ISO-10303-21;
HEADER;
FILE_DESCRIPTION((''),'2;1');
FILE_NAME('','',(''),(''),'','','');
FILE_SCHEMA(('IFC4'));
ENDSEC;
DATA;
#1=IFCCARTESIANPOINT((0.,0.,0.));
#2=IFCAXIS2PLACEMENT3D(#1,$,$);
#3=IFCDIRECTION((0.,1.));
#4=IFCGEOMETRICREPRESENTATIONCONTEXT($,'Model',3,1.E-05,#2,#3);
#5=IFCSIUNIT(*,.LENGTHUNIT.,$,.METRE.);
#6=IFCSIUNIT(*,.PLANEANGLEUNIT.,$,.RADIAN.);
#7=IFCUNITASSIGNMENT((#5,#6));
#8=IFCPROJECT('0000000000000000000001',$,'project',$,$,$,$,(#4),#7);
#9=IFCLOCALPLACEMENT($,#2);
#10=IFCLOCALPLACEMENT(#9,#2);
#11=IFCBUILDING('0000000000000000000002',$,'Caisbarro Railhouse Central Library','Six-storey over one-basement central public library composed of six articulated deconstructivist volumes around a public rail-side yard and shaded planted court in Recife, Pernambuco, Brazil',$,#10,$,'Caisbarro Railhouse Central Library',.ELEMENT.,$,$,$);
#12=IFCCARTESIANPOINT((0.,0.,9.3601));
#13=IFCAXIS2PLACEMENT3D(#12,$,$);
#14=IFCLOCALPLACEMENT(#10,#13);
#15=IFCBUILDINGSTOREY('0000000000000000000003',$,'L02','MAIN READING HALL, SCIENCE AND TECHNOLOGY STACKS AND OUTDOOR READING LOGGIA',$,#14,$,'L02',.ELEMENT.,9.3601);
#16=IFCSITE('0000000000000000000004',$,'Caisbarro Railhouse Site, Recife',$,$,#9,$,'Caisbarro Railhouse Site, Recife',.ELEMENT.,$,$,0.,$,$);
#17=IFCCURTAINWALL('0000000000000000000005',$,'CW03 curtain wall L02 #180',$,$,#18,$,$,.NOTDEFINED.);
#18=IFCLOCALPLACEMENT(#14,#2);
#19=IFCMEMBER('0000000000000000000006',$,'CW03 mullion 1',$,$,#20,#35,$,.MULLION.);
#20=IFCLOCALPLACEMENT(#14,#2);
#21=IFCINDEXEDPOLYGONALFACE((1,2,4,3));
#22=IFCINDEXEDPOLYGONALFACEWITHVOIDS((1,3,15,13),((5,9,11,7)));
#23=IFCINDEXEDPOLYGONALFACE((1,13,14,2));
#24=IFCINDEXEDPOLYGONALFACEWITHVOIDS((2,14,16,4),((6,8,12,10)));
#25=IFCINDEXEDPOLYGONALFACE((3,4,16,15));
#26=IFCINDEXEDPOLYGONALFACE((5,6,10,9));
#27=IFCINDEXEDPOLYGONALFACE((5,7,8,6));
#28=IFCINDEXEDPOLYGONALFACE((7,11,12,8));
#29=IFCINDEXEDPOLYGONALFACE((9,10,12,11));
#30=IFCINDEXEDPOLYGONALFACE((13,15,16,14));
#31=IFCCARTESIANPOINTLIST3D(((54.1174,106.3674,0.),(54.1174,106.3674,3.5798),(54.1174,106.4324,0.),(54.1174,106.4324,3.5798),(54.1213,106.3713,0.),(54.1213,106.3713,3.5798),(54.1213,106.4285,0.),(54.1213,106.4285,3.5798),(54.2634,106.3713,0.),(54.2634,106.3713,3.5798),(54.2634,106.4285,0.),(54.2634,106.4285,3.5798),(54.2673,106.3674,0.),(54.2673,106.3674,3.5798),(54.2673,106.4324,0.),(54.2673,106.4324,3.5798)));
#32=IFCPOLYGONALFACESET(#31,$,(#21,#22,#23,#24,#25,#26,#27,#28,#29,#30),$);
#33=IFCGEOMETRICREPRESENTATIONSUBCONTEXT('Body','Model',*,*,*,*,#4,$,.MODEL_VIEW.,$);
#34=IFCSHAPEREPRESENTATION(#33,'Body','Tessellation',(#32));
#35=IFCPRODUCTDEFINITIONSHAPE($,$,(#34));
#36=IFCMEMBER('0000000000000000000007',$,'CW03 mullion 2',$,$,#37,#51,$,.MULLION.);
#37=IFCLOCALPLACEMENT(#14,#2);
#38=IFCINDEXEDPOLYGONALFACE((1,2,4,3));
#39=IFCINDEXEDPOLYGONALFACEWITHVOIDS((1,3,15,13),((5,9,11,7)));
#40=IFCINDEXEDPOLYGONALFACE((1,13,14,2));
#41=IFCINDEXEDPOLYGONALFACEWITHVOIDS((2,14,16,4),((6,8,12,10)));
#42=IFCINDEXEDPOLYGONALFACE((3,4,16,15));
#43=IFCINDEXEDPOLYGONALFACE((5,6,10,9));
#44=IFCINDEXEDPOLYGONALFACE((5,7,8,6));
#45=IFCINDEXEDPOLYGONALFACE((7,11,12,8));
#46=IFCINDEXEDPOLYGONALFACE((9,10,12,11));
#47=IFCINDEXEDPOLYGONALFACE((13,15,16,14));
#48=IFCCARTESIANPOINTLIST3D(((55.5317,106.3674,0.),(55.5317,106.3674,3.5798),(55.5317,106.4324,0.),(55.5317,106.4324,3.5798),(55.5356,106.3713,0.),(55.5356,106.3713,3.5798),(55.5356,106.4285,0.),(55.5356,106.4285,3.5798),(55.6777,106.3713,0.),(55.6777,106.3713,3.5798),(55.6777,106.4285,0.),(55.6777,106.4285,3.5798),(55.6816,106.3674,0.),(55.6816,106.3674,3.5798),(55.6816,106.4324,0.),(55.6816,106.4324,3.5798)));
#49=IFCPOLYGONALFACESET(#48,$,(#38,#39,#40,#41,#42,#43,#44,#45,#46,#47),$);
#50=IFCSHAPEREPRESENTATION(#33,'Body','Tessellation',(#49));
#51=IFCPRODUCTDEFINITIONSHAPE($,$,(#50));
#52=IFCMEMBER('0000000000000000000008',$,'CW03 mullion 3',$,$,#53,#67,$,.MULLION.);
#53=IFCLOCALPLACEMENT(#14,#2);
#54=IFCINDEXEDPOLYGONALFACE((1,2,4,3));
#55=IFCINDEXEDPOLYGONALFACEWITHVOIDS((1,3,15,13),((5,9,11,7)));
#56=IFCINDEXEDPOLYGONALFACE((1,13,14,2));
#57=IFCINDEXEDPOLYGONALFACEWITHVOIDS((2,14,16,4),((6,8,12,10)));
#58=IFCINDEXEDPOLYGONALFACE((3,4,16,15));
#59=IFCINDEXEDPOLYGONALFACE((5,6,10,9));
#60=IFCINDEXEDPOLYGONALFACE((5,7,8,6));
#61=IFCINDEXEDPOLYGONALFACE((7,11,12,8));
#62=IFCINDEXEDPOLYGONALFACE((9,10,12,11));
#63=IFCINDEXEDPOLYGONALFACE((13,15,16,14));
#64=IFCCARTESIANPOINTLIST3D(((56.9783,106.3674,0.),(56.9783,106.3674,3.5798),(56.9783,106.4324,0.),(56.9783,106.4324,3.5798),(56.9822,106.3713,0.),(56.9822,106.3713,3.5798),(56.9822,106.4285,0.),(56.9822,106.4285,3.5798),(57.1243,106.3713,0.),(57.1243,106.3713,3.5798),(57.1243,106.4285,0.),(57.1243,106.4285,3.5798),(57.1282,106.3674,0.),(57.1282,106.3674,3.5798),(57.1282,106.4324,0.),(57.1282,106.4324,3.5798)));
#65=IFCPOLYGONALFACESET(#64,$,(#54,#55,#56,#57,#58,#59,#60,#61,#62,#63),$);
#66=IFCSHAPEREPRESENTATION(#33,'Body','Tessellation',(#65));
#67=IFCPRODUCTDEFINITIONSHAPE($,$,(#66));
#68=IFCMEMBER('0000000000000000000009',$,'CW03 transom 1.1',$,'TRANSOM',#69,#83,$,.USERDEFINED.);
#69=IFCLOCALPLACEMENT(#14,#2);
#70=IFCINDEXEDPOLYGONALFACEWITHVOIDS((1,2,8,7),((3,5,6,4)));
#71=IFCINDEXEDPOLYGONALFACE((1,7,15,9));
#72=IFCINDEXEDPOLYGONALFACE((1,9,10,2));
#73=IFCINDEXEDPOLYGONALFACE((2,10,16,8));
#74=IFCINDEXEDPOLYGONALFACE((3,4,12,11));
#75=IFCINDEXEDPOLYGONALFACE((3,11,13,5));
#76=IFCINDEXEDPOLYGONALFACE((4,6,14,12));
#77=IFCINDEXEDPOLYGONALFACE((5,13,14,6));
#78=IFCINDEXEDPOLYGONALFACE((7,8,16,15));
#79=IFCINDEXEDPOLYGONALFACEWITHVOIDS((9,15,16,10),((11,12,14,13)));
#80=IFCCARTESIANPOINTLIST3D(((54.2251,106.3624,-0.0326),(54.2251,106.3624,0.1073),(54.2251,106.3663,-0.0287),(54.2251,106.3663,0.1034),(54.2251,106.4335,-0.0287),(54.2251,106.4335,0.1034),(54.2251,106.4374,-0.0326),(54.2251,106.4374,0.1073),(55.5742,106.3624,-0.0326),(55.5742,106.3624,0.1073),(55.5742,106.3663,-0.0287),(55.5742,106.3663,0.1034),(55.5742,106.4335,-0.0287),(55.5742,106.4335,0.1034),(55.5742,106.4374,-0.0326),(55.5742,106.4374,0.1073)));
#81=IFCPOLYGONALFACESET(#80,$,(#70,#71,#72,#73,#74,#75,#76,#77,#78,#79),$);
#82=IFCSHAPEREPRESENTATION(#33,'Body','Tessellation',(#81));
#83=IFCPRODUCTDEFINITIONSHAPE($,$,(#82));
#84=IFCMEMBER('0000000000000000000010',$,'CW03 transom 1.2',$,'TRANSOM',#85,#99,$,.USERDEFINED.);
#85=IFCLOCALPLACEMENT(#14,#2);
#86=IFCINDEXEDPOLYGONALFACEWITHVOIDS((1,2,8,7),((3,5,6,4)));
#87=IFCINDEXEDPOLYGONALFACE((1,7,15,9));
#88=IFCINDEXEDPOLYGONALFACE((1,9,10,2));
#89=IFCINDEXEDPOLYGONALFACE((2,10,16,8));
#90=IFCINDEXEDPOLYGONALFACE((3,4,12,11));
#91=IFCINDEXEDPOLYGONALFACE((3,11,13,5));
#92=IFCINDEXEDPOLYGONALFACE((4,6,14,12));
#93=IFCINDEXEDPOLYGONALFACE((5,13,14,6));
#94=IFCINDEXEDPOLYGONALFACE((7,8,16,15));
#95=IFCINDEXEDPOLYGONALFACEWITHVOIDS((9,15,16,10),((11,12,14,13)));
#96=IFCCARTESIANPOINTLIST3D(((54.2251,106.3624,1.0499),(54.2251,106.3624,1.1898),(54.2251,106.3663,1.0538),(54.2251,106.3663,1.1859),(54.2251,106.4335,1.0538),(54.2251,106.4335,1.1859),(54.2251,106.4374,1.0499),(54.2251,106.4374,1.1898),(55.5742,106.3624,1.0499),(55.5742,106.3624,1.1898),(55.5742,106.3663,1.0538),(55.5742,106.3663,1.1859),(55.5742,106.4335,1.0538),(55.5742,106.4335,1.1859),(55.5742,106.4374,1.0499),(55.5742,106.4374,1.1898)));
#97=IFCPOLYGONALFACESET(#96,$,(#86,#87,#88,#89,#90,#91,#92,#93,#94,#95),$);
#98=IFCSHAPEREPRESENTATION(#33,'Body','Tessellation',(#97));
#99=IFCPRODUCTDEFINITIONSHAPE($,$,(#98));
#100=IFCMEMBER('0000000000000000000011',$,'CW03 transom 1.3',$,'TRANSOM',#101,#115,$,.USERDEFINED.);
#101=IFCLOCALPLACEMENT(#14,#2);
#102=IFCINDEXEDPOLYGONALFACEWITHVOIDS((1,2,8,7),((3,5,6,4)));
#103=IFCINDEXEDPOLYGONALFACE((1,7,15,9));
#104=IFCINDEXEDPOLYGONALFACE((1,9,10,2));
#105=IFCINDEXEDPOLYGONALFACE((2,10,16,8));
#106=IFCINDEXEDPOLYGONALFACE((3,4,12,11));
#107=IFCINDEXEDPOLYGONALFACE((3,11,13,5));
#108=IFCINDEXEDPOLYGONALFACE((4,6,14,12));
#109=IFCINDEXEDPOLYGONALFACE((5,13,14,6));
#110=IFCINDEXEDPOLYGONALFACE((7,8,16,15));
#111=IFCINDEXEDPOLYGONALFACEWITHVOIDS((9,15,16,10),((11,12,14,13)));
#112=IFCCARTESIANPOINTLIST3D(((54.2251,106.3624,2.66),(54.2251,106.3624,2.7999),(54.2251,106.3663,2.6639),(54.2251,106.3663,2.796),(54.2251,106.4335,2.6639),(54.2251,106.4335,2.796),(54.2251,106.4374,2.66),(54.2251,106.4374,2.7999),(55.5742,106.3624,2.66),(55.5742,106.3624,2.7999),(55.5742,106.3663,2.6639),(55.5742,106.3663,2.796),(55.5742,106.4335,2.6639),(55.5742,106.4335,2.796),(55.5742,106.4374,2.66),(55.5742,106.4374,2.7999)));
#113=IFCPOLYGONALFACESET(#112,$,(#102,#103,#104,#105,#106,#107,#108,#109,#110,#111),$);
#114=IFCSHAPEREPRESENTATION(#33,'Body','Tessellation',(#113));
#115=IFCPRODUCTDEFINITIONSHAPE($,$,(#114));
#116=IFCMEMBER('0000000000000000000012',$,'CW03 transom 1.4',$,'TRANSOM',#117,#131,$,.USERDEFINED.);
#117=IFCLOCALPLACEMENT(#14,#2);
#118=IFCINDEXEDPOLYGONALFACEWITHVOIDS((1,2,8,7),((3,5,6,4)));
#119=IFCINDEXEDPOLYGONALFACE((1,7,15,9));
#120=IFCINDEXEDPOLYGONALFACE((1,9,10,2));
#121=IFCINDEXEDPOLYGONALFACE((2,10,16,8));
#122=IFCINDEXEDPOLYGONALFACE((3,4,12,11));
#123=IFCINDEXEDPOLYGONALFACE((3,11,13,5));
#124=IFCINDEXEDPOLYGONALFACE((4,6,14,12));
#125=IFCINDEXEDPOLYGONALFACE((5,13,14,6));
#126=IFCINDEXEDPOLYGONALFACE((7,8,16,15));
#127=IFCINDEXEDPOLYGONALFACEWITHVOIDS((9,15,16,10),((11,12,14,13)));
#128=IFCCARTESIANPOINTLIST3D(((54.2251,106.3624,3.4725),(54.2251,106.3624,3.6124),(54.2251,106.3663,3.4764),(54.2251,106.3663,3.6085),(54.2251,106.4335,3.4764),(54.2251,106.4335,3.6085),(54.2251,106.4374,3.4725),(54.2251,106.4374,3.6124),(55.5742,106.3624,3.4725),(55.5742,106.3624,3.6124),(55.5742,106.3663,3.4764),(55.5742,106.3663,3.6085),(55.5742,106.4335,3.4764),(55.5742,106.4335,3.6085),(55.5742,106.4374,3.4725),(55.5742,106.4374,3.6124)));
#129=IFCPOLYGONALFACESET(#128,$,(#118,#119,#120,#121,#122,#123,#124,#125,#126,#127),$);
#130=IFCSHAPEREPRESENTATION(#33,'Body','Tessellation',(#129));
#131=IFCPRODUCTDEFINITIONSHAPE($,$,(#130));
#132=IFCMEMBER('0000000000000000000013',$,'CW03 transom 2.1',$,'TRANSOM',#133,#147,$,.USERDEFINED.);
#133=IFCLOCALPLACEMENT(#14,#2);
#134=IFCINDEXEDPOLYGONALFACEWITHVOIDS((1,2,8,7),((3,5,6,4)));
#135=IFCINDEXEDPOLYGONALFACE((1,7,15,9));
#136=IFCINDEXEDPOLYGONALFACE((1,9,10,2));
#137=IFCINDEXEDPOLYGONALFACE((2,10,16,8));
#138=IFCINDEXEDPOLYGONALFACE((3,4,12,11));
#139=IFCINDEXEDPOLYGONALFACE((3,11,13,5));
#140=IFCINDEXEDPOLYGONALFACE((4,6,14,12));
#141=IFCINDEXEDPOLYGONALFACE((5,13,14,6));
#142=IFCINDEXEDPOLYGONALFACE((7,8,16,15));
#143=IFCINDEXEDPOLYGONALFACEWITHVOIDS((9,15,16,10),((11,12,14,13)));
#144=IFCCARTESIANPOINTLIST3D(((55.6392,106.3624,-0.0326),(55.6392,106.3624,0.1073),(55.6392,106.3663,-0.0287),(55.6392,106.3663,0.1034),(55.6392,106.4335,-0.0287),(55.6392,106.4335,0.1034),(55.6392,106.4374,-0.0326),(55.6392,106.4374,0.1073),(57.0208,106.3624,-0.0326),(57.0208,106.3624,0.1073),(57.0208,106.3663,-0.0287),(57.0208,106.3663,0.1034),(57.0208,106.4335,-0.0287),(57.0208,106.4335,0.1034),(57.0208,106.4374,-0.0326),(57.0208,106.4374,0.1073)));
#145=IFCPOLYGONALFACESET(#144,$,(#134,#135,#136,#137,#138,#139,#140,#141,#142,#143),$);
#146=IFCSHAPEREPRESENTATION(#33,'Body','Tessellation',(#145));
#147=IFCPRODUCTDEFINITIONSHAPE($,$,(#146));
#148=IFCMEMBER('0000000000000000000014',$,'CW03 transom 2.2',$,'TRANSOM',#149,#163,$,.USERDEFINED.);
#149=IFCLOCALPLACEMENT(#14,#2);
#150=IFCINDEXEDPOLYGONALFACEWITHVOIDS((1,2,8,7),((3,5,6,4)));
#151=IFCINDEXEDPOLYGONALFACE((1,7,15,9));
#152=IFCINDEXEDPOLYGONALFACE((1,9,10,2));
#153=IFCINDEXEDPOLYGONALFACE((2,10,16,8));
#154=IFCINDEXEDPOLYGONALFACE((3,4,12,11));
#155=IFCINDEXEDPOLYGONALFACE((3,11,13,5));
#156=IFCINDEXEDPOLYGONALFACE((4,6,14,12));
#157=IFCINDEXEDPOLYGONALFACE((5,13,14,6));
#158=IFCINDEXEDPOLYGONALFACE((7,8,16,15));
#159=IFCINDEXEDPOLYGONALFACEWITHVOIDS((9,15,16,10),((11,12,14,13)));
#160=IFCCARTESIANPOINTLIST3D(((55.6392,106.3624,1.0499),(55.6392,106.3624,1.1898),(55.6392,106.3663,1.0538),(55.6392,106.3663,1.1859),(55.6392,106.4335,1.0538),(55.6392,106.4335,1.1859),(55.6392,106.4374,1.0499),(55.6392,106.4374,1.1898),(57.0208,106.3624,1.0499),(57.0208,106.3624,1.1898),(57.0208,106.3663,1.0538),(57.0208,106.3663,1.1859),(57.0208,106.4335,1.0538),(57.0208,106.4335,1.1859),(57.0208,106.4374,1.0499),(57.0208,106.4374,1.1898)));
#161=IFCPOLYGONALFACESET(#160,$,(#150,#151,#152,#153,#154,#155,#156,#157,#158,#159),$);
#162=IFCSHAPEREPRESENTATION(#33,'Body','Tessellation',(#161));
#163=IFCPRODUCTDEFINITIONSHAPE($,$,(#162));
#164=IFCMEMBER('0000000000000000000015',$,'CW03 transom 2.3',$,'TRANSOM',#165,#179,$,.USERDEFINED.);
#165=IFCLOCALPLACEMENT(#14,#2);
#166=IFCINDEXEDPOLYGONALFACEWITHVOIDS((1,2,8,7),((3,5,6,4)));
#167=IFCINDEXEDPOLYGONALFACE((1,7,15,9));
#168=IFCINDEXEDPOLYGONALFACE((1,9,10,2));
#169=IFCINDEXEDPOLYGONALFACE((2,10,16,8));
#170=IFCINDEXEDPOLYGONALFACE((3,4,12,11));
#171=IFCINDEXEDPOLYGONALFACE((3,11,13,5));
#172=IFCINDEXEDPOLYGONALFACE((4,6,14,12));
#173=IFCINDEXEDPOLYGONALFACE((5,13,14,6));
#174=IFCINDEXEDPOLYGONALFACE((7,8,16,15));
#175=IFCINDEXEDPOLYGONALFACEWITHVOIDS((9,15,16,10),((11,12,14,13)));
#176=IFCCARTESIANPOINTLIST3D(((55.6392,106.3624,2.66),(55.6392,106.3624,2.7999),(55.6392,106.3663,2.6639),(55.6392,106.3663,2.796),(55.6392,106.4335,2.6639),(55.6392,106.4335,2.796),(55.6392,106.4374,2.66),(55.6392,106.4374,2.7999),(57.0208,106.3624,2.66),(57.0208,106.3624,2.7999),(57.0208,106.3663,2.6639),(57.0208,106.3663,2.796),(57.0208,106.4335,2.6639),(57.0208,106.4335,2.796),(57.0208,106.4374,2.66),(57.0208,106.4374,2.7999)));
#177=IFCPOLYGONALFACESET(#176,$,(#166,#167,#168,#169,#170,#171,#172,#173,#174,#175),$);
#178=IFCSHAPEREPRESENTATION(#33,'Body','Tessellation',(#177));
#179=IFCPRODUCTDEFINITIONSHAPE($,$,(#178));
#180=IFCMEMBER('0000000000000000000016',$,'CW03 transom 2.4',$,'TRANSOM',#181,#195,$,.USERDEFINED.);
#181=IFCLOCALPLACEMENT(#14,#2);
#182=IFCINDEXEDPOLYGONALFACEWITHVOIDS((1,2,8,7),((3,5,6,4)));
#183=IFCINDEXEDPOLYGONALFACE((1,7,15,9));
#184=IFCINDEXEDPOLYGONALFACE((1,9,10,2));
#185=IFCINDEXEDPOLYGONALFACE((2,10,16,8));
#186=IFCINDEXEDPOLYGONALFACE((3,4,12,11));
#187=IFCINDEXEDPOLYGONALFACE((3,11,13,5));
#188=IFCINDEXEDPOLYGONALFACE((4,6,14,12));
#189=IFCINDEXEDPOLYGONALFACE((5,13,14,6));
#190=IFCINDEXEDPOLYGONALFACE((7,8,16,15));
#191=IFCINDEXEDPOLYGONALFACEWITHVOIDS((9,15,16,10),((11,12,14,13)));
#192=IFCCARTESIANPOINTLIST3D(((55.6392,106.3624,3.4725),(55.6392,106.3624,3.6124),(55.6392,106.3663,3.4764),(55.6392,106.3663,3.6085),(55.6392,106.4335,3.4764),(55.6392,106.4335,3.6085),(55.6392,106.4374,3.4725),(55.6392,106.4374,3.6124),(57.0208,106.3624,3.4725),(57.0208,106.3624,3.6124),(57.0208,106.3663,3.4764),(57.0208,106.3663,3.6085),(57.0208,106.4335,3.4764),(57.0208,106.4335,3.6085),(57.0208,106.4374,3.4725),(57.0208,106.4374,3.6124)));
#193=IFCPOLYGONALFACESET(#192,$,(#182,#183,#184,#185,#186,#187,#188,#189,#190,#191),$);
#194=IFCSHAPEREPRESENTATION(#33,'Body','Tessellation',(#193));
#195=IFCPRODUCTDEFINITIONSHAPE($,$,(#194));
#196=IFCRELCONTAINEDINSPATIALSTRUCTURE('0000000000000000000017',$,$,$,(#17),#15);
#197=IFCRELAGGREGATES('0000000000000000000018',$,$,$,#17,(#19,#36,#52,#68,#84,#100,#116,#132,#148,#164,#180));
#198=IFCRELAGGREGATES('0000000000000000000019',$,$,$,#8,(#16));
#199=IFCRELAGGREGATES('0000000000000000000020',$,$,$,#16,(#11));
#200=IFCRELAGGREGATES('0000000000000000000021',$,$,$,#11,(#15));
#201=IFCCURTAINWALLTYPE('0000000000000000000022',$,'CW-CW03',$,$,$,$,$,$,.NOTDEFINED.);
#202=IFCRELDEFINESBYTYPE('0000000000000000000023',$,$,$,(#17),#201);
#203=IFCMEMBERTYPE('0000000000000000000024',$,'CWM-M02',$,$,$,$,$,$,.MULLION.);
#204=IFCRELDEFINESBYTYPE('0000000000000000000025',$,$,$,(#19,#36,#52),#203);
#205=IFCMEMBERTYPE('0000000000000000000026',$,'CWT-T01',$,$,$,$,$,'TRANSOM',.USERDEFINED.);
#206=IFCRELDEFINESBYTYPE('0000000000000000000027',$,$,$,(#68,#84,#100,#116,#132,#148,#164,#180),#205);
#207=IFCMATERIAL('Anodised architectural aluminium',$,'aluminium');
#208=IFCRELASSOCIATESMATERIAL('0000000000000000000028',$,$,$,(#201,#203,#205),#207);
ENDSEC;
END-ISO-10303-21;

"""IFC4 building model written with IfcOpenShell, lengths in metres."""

from ifc_helpers import new_model, si_unit, direction, frame, origin, origin_2d, place, context, subcontext, project, spatial, hollow_rectangle, extrude, material, material_profile, profile_set, type_object, element, aggregate, save


model = new_model("IFC4")

# Units and contexts
model_context = context("Model", 3, precision=1e-05, world=origin(), true_north=direction((0.0, 1.0)))
body_context = subcontext(model_context, "Body", "Model", "MODEL_VIEW")
ifc_project = project(units=[si_unit("LENGTHUNIT", "METRE"), si_unit("PLANEANGLEUNIT", "RADIAN")], contexts=[model_context])

# Site, building, storey
site_placement = place(None, origin())
site = spatial("IfcSite", under=ifc_project, at=site_placement, Name="Caisbarro Railhouse Site, Recife", LongName="Caisbarro Railhouse Site, Recife", CompositionType="ELEMENT", RefElevation=0.0)
building_placement = place(site_placement, origin())
building = spatial("IfcBuilding", under=site, at=building_placement, Name="Caisbarro Railhouse Central Library", Description="Six-storey over one-basement central public library composed of six articulated deconstructivist volumes around a public rail-side yard and shaded planted court in Recife, Pernambuco, Brazil", LongName="Caisbarro Railhouse Central Library", CompositionType="ELEMENT")
storey_placement = place(building_placement, frame((0.0, 0.0, 9.3601)))
storey = spatial("IfcBuildingStorey", under=building, at=storey_placement, Name="L02", Description="MAIN READING HALL, SCIENCE AND TECHNOLOGY STACKS AND OUTDOOR READING LOGGIA", LongName="L02", CompositionType="ELEMENT", Elevation=9.3601)

# Curtain wall, members
ifc_material_1 = material(Name="Anodised architectural aluminium", Category="aluminium")
curtain_wall_type = type_object("IfcCurtainWallType", Name="CW-CW03", PredefinedType="NOTDEFINED", material=ifc_material_1)
curtain_wall_placement = place(storey_placement, origin())
curtain_wall = element("IfcCurtainWall", 1, at=curtain_wall_placement, inside=storey, type_object=curtain_wall_type, Name="CW03 curtain wall L02 #180", PredefinedType="NOTDEFINED")
ifc_material_profile_1 = material_profile(ifc_material_1, hollow_rectangle(XDim=0.0649, YDim=0.1499, WallThickness=0.0039, at=origin_2d()), Name="ALU-MUL-65X150")
ifc_profile_set_1 = profile_set([ifc_material_profile_1], Name="Anodised architectural aluminium")
member_type_1 = type_object("IfcMemberType", Name="CWM-M02", PredefinedType="MULLION", material=ifc_profile_set_1)
member_1_placement = place(storey_placement, frame((54.1924, 106.3999, 0.0), z_axis=(0.0, 0.0, 1.0), x_axis=(0.0, 1.0, 0.0)))
member_1 = element("IfcMember", 2, at=member_1_placement, type_object=member_type_1, Name="CW03 mullion 1", PredefinedType="MULLION", context=body_context, shape_type="SweptSolid", body=[
    extrude(hollow_rectangle(XDim=0.0649, YDim=0.1499, WallThickness=0.0039, at=origin_2d()), origin(), (0.0, 0.0, 1.0), 3.5798),
])
member_2_placement = place(storey_placement, frame((55.6067, 106.3999, 0.0), z_axis=(0.0, 0.0, 1.0), x_axis=(0.0, 1.0, 0.0)))
member_2 = element("IfcMember", 3, at=member_2_placement, type_object=member_type_1, Name="CW03 mullion 2", PredefinedType="MULLION", context=body_context, shape_type="SweptSolid", body=[
    extrude(hollow_rectangle(XDim=0.0649, YDim=0.1499, WallThickness=0.0039, at=origin_2d()), origin(), (0.0, 0.0, 1.0), 3.5798),
])
member_3_placement = place(storey_placement, frame((57.0532, 106.3999, 0.0), z_axis=(0.0, 0.0, 1.0), x_axis=(0.0, 1.0, 0.0)))
member_3 = element("IfcMember", 4, at=member_3_placement, type_object=member_type_1, Name="CW03 mullion 3", PredefinedType="MULLION", context=body_context, shape_type="SweptSolid", body=[
    extrude(hollow_rectangle(XDim=0.0649, YDim=0.1499, WallThickness=0.0039, at=origin_2d()), origin(), (0.0, 0.0, 1.0), 3.5798),
])
ifc_material_profile_2 = material_profile(ifc_material_1, hollow_rectangle(XDim=0.075, YDim=0.1399, WallThickness=0.0039, at=origin_2d()), Name="ALU-TRN-75X140")
ifc_profile_set_2 = profile_set([ifc_material_profile_2], Name="Anodised architectural aluminium")
member_type_2 = type_object("IfcMemberType", Name="CWT-T01", ElementType="TRANSOM", PredefinedType="USERDEFINED", material=ifc_profile_set_2)
member_4_placement = place(storey_placement, frame((54.2251, 106.3999, 0.0374), z_axis=(1.0, 0.0, 0.0), x_axis=(0.0, 1.0, 0.0)))
member_4 = element("IfcMember", 5, at=member_4_placement, type_object=member_type_2, Name="CW03 transom 1.1", ObjectType="TRANSOM", PredefinedType="USERDEFINED", context=body_context, shape_type="SweptSolid", body=[
    extrude(hollow_rectangle(XDim=0.075, YDim=0.1399, WallThickness=0.0039, at=origin_2d()), origin(), (0.0, 0.0, 1.0), 1.3491),
])
member_5_placement = place(storey_placement, frame((54.2251, 106.3999, 1.1199), z_axis=(1.0, 0.0, 0.0), x_axis=(0.0, 1.0, 0.0)))
member_5 = element("IfcMember", 6, at=member_5_placement, type_object=member_type_2, Name="CW03 transom 1.2", ObjectType="TRANSOM", PredefinedType="USERDEFINED", context=body_context, shape_type="SweptSolid", body=[
    extrude(hollow_rectangle(XDim=0.075, YDim=0.1399, WallThickness=0.0039, at=origin_2d()), origin(), (0.0, 0.0, 1.0), 1.3491),
])
member_6_placement = place(storey_placement, frame((54.2251, 106.3999, 2.73), z_axis=(1.0, 0.0, 0.0), x_axis=(0.0, 1.0, 0.0)))
member_6 = element("IfcMember", 7, at=member_6_placement, type_object=member_type_2, Name="CW03 transom 1.3", ObjectType="TRANSOM", PredefinedType="USERDEFINED", context=body_context, shape_type="SweptSolid", body=[
    extrude(hollow_rectangle(XDim=0.075, YDim=0.1399, WallThickness=0.0039, at=origin_2d()), origin(), (0.0, 0.0, 1.0), 1.3491),
])
member_7_placement = place(storey_placement, frame((54.2251, 106.3999, 3.5425), z_axis=(1.0, 0.0, 0.0), x_axis=(0.0, 1.0, 0.0)))
member_7 = element("IfcMember", 8, at=member_7_placement, type_object=member_type_2, Name="CW03 transom 1.4", ObjectType="TRANSOM", PredefinedType="USERDEFINED", context=body_context, shape_type="SweptSolid", body=[
    extrude(hollow_rectangle(XDim=0.075, YDim=0.1399, WallThickness=0.0039, at=origin_2d()), origin(), (0.0, 0.0, 1.0), 1.3491),
])
member_8_placement = place(storey_placement, frame((55.6392, 106.3999, 0.0374), z_axis=(1.0, 0.0, 0.0), x_axis=(0.0, 1.0, 0.0)))
member_8 = element("IfcMember", 9, at=member_8_placement, type_object=member_type_2, Name="CW03 transom 2.1", ObjectType="TRANSOM", PredefinedType="USERDEFINED", context=body_context, shape_type="SweptSolid", body=[
    extrude(hollow_rectangle(XDim=0.075, YDim=0.1399, WallThickness=0.0039, at=origin_2d()), origin(), (0.0, 0.0, 1.0), 1.3816),
])
member_9_placement = place(storey_placement, frame((55.6392, 106.3999, 1.1199), z_axis=(1.0, 0.0, 0.0), x_axis=(0.0, 1.0, 0.0)))
member_9 = element("IfcMember", 10, at=member_9_placement, type_object=member_type_2, Name="CW03 transom 2.2", ObjectType="TRANSOM", PredefinedType="USERDEFINED", context=body_context, shape_type="SweptSolid", body=[
    extrude(hollow_rectangle(XDim=0.075, YDim=0.1399, WallThickness=0.0039, at=origin_2d()), origin(), (0.0, 0.0, 1.0), 1.3816),
])
member_10_placement = place(storey_placement, frame((55.6392, 106.3999, 2.73), z_axis=(1.0, 0.0, 0.0), x_axis=(0.0, 1.0, 0.0)))
member_10 = element("IfcMember", 11, at=member_10_placement, type_object=member_type_2, Name="CW03 transom 2.3", ObjectType="TRANSOM", PredefinedType="USERDEFINED", context=body_context, shape_type="SweptSolid", body=[
    extrude(hollow_rectangle(XDim=0.075, YDim=0.1399, WallThickness=0.0039, at=origin_2d()), origin(), (0.0, 0.0, 1.0), 1.3816),
])
member_11_placement = place(storey_placement, frame((55.6392, 106.3999, 3.5425), z_axis=(1.0, 0.0, 0.0), x_axis=(0.0, 1.0, 0.0)))
member_11 = element("IfcMember", 12, at=member_11_placement, type_object=member_type_2, Name="CW03 transom 2.4", ObjectType="TRANSOM", PredefinedType="USERDEFINED", context=body_context, shape_type="SweptSolid", body=[
    extrude(hollow_rectangle(XDim=0.075, YDim=0.1399, WallThickness=0.0039, at=origin_2d()), origin(), (0.0, 0.0, 1.0), 1.3816),
])
aggregate(curtain_wall, [member_1, member_2, member_3, member_4, member_5, member_6, member_7, member_8, member_9, member_10, member_11])

save(model, "model.ifc")
